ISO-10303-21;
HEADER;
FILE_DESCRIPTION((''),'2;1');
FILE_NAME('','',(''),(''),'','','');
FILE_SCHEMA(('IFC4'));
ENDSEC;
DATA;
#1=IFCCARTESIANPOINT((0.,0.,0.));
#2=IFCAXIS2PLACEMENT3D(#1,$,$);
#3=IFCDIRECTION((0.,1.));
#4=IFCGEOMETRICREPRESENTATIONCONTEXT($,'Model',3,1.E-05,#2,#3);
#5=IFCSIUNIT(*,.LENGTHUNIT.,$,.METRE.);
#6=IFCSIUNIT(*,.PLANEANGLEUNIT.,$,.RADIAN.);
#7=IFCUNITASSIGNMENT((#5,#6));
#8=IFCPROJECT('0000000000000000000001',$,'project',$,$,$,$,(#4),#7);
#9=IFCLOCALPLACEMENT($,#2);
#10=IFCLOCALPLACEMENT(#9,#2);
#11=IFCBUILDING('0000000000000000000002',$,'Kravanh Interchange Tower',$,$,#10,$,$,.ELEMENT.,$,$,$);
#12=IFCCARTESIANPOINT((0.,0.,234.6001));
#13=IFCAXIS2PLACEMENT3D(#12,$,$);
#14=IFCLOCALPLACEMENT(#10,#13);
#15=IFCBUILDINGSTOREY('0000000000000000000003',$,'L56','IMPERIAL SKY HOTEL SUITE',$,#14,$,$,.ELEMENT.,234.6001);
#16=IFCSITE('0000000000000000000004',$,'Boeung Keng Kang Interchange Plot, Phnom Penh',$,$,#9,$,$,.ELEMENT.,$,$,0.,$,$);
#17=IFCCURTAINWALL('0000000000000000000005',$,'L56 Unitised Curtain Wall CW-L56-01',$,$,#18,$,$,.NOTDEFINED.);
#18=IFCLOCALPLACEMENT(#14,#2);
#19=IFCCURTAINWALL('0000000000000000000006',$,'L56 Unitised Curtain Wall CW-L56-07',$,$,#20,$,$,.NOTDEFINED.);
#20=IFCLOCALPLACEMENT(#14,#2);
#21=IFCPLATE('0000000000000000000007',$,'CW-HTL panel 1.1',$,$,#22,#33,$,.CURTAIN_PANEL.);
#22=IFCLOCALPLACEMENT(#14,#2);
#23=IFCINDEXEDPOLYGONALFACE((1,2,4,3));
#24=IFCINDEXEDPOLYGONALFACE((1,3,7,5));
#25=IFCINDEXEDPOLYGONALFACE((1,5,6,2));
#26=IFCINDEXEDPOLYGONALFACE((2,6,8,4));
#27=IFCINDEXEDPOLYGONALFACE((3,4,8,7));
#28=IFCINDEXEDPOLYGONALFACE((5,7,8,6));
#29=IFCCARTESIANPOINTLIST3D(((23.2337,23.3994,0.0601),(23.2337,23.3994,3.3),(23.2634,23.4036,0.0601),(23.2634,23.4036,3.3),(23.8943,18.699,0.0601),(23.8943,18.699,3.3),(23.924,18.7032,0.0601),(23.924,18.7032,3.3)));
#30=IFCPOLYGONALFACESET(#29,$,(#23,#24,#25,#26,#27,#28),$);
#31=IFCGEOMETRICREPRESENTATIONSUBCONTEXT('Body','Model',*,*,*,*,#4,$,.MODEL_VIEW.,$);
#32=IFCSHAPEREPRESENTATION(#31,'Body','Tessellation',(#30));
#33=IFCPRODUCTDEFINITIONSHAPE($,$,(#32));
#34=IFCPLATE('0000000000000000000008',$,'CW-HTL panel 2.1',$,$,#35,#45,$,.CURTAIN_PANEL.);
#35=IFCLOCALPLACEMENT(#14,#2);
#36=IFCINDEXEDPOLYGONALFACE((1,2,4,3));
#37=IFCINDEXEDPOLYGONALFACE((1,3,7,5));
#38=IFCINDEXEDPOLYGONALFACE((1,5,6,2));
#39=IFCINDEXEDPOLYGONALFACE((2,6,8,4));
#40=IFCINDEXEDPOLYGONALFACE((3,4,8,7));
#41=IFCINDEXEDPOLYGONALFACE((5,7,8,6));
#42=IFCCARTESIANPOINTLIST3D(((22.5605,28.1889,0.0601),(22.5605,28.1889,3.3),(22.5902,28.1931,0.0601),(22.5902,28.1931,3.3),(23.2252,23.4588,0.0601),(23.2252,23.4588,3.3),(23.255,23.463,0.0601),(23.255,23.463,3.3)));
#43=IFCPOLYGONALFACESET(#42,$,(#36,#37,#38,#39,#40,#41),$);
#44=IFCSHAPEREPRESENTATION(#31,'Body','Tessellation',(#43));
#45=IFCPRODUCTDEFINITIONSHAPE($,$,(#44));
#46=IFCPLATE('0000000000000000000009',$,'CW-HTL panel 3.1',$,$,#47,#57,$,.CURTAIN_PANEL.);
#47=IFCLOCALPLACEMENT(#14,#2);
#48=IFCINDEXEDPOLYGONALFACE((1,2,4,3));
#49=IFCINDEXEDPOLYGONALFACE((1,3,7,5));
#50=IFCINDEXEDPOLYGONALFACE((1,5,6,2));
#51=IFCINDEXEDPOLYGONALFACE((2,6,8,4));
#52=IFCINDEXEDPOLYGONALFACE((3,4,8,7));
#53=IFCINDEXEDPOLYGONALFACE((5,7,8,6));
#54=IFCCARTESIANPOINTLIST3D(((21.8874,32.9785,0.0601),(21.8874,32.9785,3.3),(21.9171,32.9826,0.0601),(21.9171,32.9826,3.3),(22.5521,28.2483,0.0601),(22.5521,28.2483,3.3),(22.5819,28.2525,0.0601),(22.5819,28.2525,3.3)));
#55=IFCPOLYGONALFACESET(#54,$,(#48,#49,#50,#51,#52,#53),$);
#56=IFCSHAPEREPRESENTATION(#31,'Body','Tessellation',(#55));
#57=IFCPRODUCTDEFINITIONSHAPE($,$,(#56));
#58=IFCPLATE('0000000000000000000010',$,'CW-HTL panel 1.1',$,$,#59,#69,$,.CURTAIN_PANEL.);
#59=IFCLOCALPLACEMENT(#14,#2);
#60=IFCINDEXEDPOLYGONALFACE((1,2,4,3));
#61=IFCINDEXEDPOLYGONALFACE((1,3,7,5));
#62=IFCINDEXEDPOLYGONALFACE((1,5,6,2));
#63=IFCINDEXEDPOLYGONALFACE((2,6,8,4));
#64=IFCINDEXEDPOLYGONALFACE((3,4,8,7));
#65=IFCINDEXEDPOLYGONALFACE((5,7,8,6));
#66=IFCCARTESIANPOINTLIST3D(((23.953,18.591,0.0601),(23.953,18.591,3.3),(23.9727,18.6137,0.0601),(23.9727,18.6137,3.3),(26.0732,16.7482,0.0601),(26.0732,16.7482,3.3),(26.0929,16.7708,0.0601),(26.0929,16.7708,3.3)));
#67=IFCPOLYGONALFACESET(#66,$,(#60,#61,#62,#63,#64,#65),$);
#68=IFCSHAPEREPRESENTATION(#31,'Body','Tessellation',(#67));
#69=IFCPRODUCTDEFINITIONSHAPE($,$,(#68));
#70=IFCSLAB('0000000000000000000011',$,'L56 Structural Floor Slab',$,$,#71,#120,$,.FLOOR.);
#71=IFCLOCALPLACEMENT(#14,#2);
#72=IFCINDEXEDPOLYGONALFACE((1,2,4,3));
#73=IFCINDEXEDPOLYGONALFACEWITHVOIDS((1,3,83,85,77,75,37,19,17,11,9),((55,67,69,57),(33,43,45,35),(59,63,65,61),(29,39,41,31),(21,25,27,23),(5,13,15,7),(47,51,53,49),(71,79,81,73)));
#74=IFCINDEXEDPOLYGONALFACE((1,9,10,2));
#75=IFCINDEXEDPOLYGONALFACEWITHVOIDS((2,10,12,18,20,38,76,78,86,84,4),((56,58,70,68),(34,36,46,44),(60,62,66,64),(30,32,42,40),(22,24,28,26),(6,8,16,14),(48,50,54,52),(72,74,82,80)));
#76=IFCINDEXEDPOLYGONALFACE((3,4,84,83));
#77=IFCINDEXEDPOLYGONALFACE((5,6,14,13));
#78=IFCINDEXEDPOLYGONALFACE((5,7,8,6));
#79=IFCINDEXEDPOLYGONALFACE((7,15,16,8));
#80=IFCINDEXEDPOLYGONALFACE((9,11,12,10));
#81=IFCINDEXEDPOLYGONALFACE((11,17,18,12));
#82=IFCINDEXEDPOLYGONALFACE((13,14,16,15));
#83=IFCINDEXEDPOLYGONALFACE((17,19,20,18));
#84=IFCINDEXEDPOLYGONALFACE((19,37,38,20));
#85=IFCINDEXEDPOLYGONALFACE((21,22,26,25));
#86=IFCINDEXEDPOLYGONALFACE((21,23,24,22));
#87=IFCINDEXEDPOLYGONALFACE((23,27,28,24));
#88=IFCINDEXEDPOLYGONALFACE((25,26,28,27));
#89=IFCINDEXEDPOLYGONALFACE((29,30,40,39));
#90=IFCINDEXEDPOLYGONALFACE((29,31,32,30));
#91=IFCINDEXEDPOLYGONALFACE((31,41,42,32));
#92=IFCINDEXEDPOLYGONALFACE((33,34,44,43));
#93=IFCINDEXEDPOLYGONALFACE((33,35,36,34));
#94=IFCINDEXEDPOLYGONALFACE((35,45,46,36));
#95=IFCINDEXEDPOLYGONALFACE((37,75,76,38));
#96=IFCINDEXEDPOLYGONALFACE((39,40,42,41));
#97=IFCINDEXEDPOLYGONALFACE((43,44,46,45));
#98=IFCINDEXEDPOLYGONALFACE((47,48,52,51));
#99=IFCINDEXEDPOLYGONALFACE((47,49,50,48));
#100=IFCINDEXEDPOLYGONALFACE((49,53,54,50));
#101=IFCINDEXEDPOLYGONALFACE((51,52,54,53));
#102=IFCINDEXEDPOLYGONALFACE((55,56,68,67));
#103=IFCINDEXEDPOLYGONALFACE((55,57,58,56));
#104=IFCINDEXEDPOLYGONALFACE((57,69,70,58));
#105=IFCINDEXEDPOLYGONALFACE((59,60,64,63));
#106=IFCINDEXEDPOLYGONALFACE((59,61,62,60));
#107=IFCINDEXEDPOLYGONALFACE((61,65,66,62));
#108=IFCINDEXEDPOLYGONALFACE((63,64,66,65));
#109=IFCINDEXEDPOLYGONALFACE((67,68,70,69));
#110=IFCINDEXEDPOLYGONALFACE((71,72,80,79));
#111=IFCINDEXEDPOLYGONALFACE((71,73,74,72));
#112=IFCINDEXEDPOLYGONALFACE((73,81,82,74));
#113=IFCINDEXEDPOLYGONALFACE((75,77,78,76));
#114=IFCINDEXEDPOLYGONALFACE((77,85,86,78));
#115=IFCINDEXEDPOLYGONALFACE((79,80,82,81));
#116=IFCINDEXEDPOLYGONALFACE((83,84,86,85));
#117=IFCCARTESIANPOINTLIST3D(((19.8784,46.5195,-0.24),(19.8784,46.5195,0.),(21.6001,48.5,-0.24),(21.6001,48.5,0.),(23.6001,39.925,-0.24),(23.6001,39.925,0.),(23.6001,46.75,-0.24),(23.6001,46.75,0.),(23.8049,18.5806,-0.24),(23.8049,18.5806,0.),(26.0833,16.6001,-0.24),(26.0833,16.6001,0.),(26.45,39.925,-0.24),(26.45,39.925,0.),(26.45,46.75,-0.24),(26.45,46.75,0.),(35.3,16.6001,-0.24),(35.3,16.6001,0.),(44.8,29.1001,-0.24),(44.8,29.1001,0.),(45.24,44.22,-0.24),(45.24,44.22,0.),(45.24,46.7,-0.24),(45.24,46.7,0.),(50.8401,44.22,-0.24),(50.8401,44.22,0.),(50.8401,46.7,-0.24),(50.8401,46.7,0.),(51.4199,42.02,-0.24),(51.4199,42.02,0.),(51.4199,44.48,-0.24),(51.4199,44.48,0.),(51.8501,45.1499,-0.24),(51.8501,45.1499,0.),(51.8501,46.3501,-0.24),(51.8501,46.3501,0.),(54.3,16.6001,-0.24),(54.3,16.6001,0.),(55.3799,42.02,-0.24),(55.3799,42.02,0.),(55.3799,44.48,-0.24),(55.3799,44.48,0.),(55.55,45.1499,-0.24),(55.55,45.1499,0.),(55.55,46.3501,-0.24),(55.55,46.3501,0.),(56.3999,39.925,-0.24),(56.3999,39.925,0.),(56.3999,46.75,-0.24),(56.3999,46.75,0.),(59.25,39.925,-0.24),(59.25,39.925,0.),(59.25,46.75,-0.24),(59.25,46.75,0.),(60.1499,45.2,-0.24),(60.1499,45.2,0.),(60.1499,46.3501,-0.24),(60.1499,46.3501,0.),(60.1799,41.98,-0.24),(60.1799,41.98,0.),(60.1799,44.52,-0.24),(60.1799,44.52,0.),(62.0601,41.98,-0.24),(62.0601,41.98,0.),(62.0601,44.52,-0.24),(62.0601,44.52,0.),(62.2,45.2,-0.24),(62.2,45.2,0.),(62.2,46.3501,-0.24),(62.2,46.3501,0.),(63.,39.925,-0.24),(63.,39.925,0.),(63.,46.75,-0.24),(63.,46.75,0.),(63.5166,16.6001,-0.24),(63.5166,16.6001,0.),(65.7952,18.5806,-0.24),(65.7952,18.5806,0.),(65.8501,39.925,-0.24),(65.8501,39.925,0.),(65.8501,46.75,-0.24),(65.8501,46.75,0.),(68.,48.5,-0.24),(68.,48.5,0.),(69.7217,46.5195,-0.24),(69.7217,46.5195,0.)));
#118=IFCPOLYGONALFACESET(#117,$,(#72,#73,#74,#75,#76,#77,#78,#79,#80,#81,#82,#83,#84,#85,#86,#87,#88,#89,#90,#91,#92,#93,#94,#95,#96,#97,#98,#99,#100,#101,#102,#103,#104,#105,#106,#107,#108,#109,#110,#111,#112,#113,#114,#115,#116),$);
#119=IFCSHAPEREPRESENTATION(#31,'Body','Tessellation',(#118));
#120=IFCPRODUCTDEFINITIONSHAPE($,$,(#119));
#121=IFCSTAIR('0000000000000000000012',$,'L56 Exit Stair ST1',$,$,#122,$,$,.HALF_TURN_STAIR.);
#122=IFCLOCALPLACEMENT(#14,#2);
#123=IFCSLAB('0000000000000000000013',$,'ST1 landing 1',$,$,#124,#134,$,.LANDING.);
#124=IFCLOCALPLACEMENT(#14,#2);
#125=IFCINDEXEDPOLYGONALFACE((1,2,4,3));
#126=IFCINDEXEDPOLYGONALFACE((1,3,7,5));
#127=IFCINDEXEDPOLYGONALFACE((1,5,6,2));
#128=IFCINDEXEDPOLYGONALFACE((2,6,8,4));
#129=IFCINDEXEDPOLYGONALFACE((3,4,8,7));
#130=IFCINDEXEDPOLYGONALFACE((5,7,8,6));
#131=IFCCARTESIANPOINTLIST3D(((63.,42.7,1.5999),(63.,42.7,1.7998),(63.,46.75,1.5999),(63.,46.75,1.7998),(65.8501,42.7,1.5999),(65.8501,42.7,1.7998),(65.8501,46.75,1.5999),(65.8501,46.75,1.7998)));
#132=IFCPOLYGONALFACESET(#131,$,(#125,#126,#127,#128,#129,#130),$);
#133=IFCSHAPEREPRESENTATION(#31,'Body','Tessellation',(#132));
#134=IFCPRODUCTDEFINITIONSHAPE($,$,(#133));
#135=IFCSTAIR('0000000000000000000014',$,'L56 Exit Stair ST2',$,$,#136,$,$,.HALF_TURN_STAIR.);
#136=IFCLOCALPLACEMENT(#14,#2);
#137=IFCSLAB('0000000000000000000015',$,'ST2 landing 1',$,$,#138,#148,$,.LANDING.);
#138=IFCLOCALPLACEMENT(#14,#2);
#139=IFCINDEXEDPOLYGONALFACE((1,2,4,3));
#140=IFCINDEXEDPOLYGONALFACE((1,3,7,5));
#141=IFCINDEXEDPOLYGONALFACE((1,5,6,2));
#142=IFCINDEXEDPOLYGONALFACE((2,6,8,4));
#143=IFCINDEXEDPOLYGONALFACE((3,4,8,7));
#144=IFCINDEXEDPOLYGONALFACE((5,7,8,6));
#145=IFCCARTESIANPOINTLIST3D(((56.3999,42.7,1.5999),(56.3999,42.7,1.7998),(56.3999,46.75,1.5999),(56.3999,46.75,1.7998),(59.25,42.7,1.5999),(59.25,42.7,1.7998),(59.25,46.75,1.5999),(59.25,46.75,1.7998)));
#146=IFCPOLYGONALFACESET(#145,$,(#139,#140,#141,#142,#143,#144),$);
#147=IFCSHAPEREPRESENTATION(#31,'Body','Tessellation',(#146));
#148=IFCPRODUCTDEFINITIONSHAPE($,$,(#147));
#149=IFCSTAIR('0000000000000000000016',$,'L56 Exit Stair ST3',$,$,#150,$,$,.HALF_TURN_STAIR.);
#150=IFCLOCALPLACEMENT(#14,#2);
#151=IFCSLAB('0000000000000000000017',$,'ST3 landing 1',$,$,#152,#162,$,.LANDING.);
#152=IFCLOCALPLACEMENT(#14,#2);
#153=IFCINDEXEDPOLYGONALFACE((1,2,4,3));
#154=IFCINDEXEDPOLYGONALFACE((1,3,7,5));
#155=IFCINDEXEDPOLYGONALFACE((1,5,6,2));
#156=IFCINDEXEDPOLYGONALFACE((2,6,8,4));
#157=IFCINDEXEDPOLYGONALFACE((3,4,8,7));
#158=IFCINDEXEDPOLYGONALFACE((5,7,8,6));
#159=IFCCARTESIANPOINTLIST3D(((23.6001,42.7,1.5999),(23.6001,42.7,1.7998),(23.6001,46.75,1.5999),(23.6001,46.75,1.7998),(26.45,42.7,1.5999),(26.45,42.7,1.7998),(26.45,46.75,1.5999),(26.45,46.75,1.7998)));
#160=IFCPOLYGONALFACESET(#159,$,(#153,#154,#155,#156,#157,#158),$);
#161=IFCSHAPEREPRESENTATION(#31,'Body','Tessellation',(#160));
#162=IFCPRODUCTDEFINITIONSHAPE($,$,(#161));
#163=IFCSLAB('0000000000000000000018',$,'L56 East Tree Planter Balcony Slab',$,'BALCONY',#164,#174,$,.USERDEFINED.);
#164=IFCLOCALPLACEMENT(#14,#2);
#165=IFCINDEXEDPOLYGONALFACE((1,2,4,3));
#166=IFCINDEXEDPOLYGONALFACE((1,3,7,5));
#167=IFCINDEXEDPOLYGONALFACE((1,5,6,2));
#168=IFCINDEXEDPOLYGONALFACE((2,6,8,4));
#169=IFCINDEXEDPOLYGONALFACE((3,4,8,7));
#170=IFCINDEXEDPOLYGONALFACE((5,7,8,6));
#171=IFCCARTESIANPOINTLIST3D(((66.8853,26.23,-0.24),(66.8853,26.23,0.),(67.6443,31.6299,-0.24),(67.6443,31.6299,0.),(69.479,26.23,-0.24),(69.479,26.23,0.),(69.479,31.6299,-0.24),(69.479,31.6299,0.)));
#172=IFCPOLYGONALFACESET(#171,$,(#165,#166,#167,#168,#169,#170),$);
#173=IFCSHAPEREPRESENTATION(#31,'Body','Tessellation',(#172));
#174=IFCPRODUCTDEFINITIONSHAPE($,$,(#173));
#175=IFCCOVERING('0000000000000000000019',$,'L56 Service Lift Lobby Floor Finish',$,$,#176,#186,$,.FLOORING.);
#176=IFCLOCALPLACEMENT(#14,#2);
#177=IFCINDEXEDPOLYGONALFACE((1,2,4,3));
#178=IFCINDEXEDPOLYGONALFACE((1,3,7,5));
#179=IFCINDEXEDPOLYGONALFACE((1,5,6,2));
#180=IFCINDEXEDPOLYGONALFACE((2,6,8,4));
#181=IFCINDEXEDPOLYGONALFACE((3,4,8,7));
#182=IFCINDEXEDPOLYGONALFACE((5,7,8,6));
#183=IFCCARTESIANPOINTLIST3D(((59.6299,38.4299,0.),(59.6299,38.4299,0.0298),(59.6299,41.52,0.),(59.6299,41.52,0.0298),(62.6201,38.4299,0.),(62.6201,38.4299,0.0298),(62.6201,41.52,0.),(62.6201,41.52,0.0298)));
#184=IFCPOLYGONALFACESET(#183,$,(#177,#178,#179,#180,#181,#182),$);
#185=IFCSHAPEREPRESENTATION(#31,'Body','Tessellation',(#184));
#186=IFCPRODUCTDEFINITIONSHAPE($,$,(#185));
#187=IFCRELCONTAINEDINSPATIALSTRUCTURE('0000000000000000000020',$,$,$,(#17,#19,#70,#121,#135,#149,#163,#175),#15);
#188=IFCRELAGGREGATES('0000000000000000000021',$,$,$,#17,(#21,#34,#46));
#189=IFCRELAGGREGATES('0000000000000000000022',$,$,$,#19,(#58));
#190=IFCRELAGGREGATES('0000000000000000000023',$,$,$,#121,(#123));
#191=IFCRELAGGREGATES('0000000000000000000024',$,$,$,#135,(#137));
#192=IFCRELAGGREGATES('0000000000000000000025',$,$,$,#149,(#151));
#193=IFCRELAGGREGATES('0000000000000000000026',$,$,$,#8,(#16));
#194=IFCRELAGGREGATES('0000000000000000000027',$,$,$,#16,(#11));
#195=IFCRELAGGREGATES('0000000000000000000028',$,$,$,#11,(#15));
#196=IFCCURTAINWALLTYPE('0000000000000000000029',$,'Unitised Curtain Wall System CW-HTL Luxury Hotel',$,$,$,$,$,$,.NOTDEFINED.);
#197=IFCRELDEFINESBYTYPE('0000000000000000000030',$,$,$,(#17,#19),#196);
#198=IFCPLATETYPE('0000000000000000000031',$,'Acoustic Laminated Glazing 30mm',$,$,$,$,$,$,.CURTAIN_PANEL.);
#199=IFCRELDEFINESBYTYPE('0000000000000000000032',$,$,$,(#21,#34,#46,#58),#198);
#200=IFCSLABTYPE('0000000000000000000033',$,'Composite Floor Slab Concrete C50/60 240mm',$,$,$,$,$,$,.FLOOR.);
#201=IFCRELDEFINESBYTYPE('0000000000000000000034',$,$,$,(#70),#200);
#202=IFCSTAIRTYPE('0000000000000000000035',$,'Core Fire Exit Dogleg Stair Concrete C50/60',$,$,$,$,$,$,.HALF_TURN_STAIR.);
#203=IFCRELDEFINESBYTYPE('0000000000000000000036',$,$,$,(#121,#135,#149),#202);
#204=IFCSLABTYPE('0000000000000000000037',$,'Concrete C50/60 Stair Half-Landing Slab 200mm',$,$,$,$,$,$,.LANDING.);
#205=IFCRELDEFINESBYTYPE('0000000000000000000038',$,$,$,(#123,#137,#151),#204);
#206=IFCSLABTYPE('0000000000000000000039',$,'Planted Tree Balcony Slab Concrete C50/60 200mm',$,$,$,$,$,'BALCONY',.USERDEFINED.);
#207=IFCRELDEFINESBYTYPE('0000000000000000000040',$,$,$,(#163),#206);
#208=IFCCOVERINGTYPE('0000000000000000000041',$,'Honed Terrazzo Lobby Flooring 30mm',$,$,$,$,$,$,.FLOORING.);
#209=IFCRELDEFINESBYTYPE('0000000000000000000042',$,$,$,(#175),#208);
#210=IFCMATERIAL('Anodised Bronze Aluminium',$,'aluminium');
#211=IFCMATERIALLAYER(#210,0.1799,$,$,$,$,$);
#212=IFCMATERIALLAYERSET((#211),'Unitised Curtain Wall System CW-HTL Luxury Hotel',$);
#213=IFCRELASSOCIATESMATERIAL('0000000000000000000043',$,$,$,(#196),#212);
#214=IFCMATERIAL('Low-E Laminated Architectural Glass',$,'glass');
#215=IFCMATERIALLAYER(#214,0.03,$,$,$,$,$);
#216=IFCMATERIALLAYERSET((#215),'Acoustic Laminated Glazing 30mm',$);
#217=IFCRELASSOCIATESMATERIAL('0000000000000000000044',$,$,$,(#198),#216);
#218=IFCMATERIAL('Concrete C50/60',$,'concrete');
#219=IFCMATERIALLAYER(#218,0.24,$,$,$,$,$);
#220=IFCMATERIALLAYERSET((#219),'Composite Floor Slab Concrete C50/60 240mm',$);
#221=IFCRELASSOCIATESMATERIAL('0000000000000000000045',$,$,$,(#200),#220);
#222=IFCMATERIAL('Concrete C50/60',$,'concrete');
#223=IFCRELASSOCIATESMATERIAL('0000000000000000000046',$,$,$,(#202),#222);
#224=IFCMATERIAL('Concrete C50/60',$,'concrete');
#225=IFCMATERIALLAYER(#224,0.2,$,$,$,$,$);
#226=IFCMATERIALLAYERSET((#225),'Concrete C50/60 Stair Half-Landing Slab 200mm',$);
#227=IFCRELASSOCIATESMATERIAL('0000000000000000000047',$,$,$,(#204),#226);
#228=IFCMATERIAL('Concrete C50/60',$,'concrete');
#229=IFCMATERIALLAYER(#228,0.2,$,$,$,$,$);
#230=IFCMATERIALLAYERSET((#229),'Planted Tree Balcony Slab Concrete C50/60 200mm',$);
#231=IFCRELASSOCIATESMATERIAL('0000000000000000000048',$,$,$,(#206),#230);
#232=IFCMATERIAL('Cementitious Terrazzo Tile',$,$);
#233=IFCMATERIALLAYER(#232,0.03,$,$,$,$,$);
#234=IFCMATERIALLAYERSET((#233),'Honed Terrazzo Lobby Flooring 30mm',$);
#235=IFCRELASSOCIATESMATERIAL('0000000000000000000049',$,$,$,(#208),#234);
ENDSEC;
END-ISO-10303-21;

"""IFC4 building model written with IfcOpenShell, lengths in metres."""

from ifc_helpers import new_model, si_unit, direction, frame, origin, origin_2d, place, context, subcontext, project, spatial, polyline, rectangle, outline, extrude, material, layer, layer_set, type_object, element, aggregate, save


model = new_model("IFC4")

# Units and contexts
model_context = context("Model", 3, precision=1e-05, world=origin(), true_north=direction((0.0, 1.0)))
body_context = subcontext(model_context, "Body", "Model", "MODEL_VIEW")
ifc_project = project(units=[si_unit("LENGTHUNIT", "METRE"), si_unit("PLANEANGLEUNIT", "RADIAN")], contexts=[model_context])

# Site, building, storey
site_placement = place(None, origin())
site = spatial("IfcSite", under=ifc_project, at=site_placement, Name="Boeung Keng Kang Interchange Plot, Phnom Penh", CompositionType="ELEMENT", RefElevation=0.0)
building_placement = place(site_placement, origin())
building = spatial("IfcBuilding", under=site, at=building_placement, Name="Kravanh Interchange Tower", CompositionType="ELEMENT")
storey_placement = place(building_placement, frame((0.0, 0.0, 234.6001)))
storey = spatial("IfcBuildingStorey", under=building, at=storey_placement, Name="L56", Description="IMPERIAL SKY HOTEL SUITE", CompositionType="ELEMENT", Elevation=234.6001)

# Curtain wall
ifc_material_1 = material(Name="Anodised Bronze Aluminium", Category="aluminium")
ifc_layer_1 = layer(ifc_material_1, 0.1799)
ifc_layer_set_1 = layer_set([ifc_layer_1], Name="Unitised Curtain Wall System CW-HTL Luxury Hotel")
curtain_wall_type = type_object("IfcCurtainWallType", Name="Unitised Curtain Wall System CW-HTL Luxury Hotel", PredefinedType="NOTDEFINED", material=ifc_layer_set_1)
curtain_wall_1_placement = place(storey_placement, origin())
curtain_wall_1 = element("IfcCurtainWall", 1, at=curtain_wall_1_placement, inside=storey, type_object=curtain_wall_type, Name="L56 Unitised Curtain Wall CW-L56-01", PredefinedType="NOTDEFINED")

# Curtain wall
curtain_wall_2_placement = place(storey_placement, origin())
curtain_wall_2 = element("IfcCurtainWall", 2, at=curtain_wall_2_placement, inside=storey, type_object=curtain_wall_type, Name="L56 Unitised Curtain Wall CW-L56-07", PredefinedType="NOTDEFINED")

# Plates
ifc_material_2 = material(Name="Low-E Laminated Architectural Glass", Category="glass")
ifc_layer_2 = layer(ifc_material_2, 0.03)
ifc_layer_set_2 = layer_set([ifc_layer_2], Name="Acoustic Laminated Glazing 30mm")
plate_type = type_object("IfcPlateType", Name="Acoustic Laminated Glazing 30mm", PredefinedType="CURTAIN_PANEL", material=ifc_layer_set_2)
plate_1_placement = place(storey_placement, frame((23.5789, 21.0513, 0.0601), z_axis=(0.0, 0.0, 1.0), x_axis=(-0.139176, 0.990268, 0.0)))
plate_1 = element("IfcPlate", 3, at=plate_1_placement, type_object=plate_type, Name="CW-HTL panel 1.1", PredefinedType="CURTAIN_PANEL", context=body_context, shape_type="SweptSolid", body=[
    extrude(rectangle(XDim=4.7466, YDim=0.03, at=origin_2d()), origin(), (0.0, 0.0, 1.0), 3.24),
])
plate_2_placement = place(storey_placement, frame((22.9077, 25.8259, 0.0601), z_axis=(0.0, 0.0, 1.0), x_axis=(-0.139176, 0.990268, 0.0)))
plate_2 = element("IfcPlate", 4, at=plate_2_placement, type_object=plate_type, Name="CW-HTL panel 2.1", PredefinedType="CURTAIN_PANEL", context=body_context, shape_type="SweptSolid", body=[
    extrude(rectangle(XDim=4.7766, YDim=0.03, at=origin_2d()), origin(), (0.0, 0.0, 1.0), 3.24),
])
plate_3_placement = place(storey_placement, frame((22.2346, 30.6155, 0.0601), z_axis=(0.0, 0.0, 1.0), x_axis=(-0.139176, 0.990268, 0.0)))
plate_3 = element("IfcPlate", 5, at=plate_3_placement, type_object=plate_type, Name="CW-HTL panel 3.1", PredefinedType="CURTAIN_PANEL", context=body_context, shape_type="SweptSolid", body=[
    extrude(rectangle(XDim=4.7766, YDim=0.03, at=origin_2d()), origin(), (0.0, 0.0, 1.0), 3.24),
])
aggregate(curtain_wall_1, [plate_1, plate_2, plate_3])
plate_4_placement = place(storey_placement, frame((25.0229, 17.6809, 0.0601), z_axis=(0.0, 0.0, 1.0), x_axis=(-0.754732, 0.656033, 0.0)))
plate_4 = element("IfcPlate", 6, at=plate_4_placement, type_object=plate_type, Name="CW-HTL panel 1.1", PredefinedType="CURTAIN_PANEL", context=body_context, shape_type="SweptSolid", body=[
    extrude(rectangle(XDim=2.8091, YDim=0.03, at=origin_2d()), origin(), (0.0, 0.0, 1.0), 3.24),
])
aggregate(curtain_wall_2, [plate_4])

# Slab
ifc_material_3 = material(Name="Concrete C50/60", Category="concrete")
ifc_layer_3 = layer(ifc_material_3, 0.24)
ifc_layer_set_3 = layer_set([ifc_layer_3], Name="Composite Floor Slab Concrete C50/60 240mm")
slab_type_1 = type_object("IfcSlabType", Name="Composite Floor Slab Concrete C50/60 240mm", PredefinedType="FLOOR", material=ifc_layer_set_3)
slab_1_placement = place(storey_placement, frame((0.0, 0.0, -0.24)))
element("IfcSlab", 7, at=slab_1_placement, inside=storey, type_object=slab_type_1, Name="L56 Structural Floor Slab", PredefinedType="FLOOR", context=body_context, shape_type="SweptSolid", body=[
    extrude(outline(polyline([(23.8049, 18.5806), (26.0833, 16.6001), (35.3, 16.6001), (44.8, 29.1001), (54.3, 16.6001), (63.5166, 16.6001), (65.7952, 18.5806), (69.7217, 46.5195), (68.0, 48.5), (21.6001, 48.5), (19.8784, 46.5195), (23.8049, 18.5806)]), holes=[polyline([(65.8501, 39.925), (65.8501, 46.75), (63.0, 46.75), (63.0, 39.925), (65.8501, 39.925)]), polyline([(59.25, 39.925), (59.25, 46.75), (56.3999, 46.75), (56.3999, 39.925), (59.25, 39.925)]), polyline([(26.45, 39.925), (26.45, 46.75), (23.6001, 46.75), (23.6001, 39.925), (26.45, 39.925)]), polyline([(45.24, 44.22), (50.8401, 44.22), (50.8401, 46.7), (45.24, 46.7), (45.24, 44.22)]), polyline([(51.4199, 42.02), (55.3799, 42.02), (55.3799, 44.48), (51.4199, 44.48), (51.4199, 42.02)]), polyline([(60.1799, 41.98), (62.0601, 41.98), (62.0601, 44.52), (60.1799, 44.52), (60.1799, 41.98)]), polyline([(60.1499, 45.2), (62.2, 45.2), (62.2, 46.3501), (60.1499, 46.3501), (60.1499, 45.2)]), polyline([(51.8501, 45.1499), (55.55, 45.1499), (55.55, 46.3501), (51.8501, 46.3501), (51.8501, 45.1499)])]), origin(), (0.0, 0.0, 1.0), 0.24),
])

# Stairs, slabs
ifc_material_4 = material(Name="Concrete C50/60", Category="concrete")
stair_type = type_object("IfcStairType", Name="Core Fire Exit Dogleg Stair Concrete C50/60", PredefinedType="HALF_TURN_STAIR", material=ifc_material_4)
stair_1_placement = place(storey_placement, origin())
stair_1 = element("IfcStair", 8, at=stair_1_placement, inside=storey, type_object=stair_type, Name="L56 Exit Stair ST1", PredefinedType="HALF_TURN_STAIR")
ifc_material_5 = material(Name="Concrete C50/60", Category="concrete")
ifc_layer_4 = layer(ifc_material_5, 0.2)
ifc_layer_set_4 = layer_set([ifc_layer_4], Name="Concrete C50/60 Stair Half-Landing Slab 200mm")
slab_type_2 = type_object("IfcSlabType", Name="Concrete C50/60 Stair Half-Landing Slab 200mm", PredefinedType="LANDING", material=ifc_layer_set_4)
slab_2_placement = place(storey_placement, frame((0.0, 0.0, 1.5999)))
slab_2 = element("IfcSlab", 9, at=slab_2_placement, type_object=slab_type_2, Name="ST1 landing 1", PredefinedType="LANDING", context=body_context, shape_type="SweptSolid", body=[
    extrude(outline(polyline([(65.8501, 42.7), (65.8501, 46.75), (63.0, 46.75), (63.0, 42.7), (65.8501, 42.7)])), origin(), (0.0, 0.0, 1.0), 0.2),
])
aggregate(stair_1, [slab_2])
stair_2_placement = place(storey_placement, origin())
stair_2 = element("IfcStair", 10, at=stair_2_placement, inside=storey, type_object=stair_type, Name="L56 Exit Stair ST2", PredefinedType="HALF_TURN_STAIR")
slab_3_placement = place(storey_placement, frame((0.0, 0.0, 1.5999)))
slab_3 = element("IfcSlab", 11, at=slab_3_placement, type_object=slab_type_2, Name="ST2 landing 1", PredefinedType="LANDING", context=body_context, shape_type="SweptSolid", body=[
    extrude(outline(polyline([(59.25, 42.7), (59.25, 46.75), (56.3999, 46.75), (56.3999, 42.7), (59.25, 42.7)])), origin(), (0.0, 0.0, 1.0), 0.2),
])
aggregate(stair_2, [slab_3])
stair_3_placement = place(storey_placement, origin())
stair_3 = element("IfcStair", 12, at=stair_3_placement, inside=storey, type_object=stair_type, Name="L56 Exit Stair ST3", PredefinedType="HALF_TURN_STAIR")
slab_4_placement = place(storey_placement, frame((0.0, 0.0, 1.5999)))
slab_4 = element("IfcSlab", 13, at=slab_4_placement, type_object=slab_type_2, Name="ST3 landing 1", PredefinedType="LANDING", context=body_context, shape_type="SweptSolid", body=[
    extrude(outline(polyline([(26.45, 42.7), (26.45, 46.75), (23.6001, 46.75), (23.6001, 42.7), (26.45, 42.7)])), origin(), (0.0, 0.0, 1.0), 0.2),
])
aggregate(stair_3, [slab_4])

# Slab
ifc_material_6 = material(Name="Concrete C50/60", Category="concrete")
ifc_layer_5 = layer(ifc_material_6, 0.2)
ifc_layer_set_5 = layer_set([ifc_layer_5], Name="Planted Tree Balcony Slab Concrete C50/60 200mm")
slab_type_3 = type_object("IfcSlabType", Name="Planted Tree Balcony Slab Concrete C50/60 200mm", ElementType="BALCONY", PredefinedType="USERDEFINED", material=ifc_layer_set_5)
slab_5_placement = place(storey_placement, frame((0.0, 0.0, -0.24)))
element("IfcSlab", 14, at=slab_5_placement, inside=storey, type_object=slab_type_3, Name="L56 East Tree Planter Balcony Slab", ObjectType="BALCONY", PredefinedType="USERDEFINED", context=body_context, shape_type="SweptSolid", body=[
    extrude(outline(polyline([(69.479, 31.6299), (69.479, 26.23), (66.8853, 26.23), (67.6443, 31.6299), (69.479, 31.6299)])), origin(), (0.0, 0.0, 1.0), 0.24),
])

# Covering
ifc_material_7 = material(Name="Cementitious Terrazzo Tile")
ifc_layer_6 = layer(ifc_material_7, 0.03)
ifc_layer_set_6 = layer_set([ifc_layer_6], Name="Honed Terrazzo Lobby Flooring 30mm")
covering_type_1 = type_object("IfcCoveringType", Name="Honed Terrazzo Lobby Flooring 30mm", PredefinedType="FLOORING", material=ifc_layer_set_6)
covering_1_placement = place(storey_placement, origin())
element("IfcCovering", 15, at=covering_1_placement, inside=storey, type_object=covering_type_1, Name="L56 Service Lift Lobby Floor Finish", PredefinedType="FLOORING", context=body_context, shape_type="SweptSolid", body=[
    extrude(outline(polyline([(59.6299, 41.52), (62.6201, 41.52), (62.6201, 38.4299), (59.6299, 38.4299), (59.6299, 41.52)])), origin(), (0.0, 0.0, 1.0), 0.0298),
])

save(model, "model.ifc")
